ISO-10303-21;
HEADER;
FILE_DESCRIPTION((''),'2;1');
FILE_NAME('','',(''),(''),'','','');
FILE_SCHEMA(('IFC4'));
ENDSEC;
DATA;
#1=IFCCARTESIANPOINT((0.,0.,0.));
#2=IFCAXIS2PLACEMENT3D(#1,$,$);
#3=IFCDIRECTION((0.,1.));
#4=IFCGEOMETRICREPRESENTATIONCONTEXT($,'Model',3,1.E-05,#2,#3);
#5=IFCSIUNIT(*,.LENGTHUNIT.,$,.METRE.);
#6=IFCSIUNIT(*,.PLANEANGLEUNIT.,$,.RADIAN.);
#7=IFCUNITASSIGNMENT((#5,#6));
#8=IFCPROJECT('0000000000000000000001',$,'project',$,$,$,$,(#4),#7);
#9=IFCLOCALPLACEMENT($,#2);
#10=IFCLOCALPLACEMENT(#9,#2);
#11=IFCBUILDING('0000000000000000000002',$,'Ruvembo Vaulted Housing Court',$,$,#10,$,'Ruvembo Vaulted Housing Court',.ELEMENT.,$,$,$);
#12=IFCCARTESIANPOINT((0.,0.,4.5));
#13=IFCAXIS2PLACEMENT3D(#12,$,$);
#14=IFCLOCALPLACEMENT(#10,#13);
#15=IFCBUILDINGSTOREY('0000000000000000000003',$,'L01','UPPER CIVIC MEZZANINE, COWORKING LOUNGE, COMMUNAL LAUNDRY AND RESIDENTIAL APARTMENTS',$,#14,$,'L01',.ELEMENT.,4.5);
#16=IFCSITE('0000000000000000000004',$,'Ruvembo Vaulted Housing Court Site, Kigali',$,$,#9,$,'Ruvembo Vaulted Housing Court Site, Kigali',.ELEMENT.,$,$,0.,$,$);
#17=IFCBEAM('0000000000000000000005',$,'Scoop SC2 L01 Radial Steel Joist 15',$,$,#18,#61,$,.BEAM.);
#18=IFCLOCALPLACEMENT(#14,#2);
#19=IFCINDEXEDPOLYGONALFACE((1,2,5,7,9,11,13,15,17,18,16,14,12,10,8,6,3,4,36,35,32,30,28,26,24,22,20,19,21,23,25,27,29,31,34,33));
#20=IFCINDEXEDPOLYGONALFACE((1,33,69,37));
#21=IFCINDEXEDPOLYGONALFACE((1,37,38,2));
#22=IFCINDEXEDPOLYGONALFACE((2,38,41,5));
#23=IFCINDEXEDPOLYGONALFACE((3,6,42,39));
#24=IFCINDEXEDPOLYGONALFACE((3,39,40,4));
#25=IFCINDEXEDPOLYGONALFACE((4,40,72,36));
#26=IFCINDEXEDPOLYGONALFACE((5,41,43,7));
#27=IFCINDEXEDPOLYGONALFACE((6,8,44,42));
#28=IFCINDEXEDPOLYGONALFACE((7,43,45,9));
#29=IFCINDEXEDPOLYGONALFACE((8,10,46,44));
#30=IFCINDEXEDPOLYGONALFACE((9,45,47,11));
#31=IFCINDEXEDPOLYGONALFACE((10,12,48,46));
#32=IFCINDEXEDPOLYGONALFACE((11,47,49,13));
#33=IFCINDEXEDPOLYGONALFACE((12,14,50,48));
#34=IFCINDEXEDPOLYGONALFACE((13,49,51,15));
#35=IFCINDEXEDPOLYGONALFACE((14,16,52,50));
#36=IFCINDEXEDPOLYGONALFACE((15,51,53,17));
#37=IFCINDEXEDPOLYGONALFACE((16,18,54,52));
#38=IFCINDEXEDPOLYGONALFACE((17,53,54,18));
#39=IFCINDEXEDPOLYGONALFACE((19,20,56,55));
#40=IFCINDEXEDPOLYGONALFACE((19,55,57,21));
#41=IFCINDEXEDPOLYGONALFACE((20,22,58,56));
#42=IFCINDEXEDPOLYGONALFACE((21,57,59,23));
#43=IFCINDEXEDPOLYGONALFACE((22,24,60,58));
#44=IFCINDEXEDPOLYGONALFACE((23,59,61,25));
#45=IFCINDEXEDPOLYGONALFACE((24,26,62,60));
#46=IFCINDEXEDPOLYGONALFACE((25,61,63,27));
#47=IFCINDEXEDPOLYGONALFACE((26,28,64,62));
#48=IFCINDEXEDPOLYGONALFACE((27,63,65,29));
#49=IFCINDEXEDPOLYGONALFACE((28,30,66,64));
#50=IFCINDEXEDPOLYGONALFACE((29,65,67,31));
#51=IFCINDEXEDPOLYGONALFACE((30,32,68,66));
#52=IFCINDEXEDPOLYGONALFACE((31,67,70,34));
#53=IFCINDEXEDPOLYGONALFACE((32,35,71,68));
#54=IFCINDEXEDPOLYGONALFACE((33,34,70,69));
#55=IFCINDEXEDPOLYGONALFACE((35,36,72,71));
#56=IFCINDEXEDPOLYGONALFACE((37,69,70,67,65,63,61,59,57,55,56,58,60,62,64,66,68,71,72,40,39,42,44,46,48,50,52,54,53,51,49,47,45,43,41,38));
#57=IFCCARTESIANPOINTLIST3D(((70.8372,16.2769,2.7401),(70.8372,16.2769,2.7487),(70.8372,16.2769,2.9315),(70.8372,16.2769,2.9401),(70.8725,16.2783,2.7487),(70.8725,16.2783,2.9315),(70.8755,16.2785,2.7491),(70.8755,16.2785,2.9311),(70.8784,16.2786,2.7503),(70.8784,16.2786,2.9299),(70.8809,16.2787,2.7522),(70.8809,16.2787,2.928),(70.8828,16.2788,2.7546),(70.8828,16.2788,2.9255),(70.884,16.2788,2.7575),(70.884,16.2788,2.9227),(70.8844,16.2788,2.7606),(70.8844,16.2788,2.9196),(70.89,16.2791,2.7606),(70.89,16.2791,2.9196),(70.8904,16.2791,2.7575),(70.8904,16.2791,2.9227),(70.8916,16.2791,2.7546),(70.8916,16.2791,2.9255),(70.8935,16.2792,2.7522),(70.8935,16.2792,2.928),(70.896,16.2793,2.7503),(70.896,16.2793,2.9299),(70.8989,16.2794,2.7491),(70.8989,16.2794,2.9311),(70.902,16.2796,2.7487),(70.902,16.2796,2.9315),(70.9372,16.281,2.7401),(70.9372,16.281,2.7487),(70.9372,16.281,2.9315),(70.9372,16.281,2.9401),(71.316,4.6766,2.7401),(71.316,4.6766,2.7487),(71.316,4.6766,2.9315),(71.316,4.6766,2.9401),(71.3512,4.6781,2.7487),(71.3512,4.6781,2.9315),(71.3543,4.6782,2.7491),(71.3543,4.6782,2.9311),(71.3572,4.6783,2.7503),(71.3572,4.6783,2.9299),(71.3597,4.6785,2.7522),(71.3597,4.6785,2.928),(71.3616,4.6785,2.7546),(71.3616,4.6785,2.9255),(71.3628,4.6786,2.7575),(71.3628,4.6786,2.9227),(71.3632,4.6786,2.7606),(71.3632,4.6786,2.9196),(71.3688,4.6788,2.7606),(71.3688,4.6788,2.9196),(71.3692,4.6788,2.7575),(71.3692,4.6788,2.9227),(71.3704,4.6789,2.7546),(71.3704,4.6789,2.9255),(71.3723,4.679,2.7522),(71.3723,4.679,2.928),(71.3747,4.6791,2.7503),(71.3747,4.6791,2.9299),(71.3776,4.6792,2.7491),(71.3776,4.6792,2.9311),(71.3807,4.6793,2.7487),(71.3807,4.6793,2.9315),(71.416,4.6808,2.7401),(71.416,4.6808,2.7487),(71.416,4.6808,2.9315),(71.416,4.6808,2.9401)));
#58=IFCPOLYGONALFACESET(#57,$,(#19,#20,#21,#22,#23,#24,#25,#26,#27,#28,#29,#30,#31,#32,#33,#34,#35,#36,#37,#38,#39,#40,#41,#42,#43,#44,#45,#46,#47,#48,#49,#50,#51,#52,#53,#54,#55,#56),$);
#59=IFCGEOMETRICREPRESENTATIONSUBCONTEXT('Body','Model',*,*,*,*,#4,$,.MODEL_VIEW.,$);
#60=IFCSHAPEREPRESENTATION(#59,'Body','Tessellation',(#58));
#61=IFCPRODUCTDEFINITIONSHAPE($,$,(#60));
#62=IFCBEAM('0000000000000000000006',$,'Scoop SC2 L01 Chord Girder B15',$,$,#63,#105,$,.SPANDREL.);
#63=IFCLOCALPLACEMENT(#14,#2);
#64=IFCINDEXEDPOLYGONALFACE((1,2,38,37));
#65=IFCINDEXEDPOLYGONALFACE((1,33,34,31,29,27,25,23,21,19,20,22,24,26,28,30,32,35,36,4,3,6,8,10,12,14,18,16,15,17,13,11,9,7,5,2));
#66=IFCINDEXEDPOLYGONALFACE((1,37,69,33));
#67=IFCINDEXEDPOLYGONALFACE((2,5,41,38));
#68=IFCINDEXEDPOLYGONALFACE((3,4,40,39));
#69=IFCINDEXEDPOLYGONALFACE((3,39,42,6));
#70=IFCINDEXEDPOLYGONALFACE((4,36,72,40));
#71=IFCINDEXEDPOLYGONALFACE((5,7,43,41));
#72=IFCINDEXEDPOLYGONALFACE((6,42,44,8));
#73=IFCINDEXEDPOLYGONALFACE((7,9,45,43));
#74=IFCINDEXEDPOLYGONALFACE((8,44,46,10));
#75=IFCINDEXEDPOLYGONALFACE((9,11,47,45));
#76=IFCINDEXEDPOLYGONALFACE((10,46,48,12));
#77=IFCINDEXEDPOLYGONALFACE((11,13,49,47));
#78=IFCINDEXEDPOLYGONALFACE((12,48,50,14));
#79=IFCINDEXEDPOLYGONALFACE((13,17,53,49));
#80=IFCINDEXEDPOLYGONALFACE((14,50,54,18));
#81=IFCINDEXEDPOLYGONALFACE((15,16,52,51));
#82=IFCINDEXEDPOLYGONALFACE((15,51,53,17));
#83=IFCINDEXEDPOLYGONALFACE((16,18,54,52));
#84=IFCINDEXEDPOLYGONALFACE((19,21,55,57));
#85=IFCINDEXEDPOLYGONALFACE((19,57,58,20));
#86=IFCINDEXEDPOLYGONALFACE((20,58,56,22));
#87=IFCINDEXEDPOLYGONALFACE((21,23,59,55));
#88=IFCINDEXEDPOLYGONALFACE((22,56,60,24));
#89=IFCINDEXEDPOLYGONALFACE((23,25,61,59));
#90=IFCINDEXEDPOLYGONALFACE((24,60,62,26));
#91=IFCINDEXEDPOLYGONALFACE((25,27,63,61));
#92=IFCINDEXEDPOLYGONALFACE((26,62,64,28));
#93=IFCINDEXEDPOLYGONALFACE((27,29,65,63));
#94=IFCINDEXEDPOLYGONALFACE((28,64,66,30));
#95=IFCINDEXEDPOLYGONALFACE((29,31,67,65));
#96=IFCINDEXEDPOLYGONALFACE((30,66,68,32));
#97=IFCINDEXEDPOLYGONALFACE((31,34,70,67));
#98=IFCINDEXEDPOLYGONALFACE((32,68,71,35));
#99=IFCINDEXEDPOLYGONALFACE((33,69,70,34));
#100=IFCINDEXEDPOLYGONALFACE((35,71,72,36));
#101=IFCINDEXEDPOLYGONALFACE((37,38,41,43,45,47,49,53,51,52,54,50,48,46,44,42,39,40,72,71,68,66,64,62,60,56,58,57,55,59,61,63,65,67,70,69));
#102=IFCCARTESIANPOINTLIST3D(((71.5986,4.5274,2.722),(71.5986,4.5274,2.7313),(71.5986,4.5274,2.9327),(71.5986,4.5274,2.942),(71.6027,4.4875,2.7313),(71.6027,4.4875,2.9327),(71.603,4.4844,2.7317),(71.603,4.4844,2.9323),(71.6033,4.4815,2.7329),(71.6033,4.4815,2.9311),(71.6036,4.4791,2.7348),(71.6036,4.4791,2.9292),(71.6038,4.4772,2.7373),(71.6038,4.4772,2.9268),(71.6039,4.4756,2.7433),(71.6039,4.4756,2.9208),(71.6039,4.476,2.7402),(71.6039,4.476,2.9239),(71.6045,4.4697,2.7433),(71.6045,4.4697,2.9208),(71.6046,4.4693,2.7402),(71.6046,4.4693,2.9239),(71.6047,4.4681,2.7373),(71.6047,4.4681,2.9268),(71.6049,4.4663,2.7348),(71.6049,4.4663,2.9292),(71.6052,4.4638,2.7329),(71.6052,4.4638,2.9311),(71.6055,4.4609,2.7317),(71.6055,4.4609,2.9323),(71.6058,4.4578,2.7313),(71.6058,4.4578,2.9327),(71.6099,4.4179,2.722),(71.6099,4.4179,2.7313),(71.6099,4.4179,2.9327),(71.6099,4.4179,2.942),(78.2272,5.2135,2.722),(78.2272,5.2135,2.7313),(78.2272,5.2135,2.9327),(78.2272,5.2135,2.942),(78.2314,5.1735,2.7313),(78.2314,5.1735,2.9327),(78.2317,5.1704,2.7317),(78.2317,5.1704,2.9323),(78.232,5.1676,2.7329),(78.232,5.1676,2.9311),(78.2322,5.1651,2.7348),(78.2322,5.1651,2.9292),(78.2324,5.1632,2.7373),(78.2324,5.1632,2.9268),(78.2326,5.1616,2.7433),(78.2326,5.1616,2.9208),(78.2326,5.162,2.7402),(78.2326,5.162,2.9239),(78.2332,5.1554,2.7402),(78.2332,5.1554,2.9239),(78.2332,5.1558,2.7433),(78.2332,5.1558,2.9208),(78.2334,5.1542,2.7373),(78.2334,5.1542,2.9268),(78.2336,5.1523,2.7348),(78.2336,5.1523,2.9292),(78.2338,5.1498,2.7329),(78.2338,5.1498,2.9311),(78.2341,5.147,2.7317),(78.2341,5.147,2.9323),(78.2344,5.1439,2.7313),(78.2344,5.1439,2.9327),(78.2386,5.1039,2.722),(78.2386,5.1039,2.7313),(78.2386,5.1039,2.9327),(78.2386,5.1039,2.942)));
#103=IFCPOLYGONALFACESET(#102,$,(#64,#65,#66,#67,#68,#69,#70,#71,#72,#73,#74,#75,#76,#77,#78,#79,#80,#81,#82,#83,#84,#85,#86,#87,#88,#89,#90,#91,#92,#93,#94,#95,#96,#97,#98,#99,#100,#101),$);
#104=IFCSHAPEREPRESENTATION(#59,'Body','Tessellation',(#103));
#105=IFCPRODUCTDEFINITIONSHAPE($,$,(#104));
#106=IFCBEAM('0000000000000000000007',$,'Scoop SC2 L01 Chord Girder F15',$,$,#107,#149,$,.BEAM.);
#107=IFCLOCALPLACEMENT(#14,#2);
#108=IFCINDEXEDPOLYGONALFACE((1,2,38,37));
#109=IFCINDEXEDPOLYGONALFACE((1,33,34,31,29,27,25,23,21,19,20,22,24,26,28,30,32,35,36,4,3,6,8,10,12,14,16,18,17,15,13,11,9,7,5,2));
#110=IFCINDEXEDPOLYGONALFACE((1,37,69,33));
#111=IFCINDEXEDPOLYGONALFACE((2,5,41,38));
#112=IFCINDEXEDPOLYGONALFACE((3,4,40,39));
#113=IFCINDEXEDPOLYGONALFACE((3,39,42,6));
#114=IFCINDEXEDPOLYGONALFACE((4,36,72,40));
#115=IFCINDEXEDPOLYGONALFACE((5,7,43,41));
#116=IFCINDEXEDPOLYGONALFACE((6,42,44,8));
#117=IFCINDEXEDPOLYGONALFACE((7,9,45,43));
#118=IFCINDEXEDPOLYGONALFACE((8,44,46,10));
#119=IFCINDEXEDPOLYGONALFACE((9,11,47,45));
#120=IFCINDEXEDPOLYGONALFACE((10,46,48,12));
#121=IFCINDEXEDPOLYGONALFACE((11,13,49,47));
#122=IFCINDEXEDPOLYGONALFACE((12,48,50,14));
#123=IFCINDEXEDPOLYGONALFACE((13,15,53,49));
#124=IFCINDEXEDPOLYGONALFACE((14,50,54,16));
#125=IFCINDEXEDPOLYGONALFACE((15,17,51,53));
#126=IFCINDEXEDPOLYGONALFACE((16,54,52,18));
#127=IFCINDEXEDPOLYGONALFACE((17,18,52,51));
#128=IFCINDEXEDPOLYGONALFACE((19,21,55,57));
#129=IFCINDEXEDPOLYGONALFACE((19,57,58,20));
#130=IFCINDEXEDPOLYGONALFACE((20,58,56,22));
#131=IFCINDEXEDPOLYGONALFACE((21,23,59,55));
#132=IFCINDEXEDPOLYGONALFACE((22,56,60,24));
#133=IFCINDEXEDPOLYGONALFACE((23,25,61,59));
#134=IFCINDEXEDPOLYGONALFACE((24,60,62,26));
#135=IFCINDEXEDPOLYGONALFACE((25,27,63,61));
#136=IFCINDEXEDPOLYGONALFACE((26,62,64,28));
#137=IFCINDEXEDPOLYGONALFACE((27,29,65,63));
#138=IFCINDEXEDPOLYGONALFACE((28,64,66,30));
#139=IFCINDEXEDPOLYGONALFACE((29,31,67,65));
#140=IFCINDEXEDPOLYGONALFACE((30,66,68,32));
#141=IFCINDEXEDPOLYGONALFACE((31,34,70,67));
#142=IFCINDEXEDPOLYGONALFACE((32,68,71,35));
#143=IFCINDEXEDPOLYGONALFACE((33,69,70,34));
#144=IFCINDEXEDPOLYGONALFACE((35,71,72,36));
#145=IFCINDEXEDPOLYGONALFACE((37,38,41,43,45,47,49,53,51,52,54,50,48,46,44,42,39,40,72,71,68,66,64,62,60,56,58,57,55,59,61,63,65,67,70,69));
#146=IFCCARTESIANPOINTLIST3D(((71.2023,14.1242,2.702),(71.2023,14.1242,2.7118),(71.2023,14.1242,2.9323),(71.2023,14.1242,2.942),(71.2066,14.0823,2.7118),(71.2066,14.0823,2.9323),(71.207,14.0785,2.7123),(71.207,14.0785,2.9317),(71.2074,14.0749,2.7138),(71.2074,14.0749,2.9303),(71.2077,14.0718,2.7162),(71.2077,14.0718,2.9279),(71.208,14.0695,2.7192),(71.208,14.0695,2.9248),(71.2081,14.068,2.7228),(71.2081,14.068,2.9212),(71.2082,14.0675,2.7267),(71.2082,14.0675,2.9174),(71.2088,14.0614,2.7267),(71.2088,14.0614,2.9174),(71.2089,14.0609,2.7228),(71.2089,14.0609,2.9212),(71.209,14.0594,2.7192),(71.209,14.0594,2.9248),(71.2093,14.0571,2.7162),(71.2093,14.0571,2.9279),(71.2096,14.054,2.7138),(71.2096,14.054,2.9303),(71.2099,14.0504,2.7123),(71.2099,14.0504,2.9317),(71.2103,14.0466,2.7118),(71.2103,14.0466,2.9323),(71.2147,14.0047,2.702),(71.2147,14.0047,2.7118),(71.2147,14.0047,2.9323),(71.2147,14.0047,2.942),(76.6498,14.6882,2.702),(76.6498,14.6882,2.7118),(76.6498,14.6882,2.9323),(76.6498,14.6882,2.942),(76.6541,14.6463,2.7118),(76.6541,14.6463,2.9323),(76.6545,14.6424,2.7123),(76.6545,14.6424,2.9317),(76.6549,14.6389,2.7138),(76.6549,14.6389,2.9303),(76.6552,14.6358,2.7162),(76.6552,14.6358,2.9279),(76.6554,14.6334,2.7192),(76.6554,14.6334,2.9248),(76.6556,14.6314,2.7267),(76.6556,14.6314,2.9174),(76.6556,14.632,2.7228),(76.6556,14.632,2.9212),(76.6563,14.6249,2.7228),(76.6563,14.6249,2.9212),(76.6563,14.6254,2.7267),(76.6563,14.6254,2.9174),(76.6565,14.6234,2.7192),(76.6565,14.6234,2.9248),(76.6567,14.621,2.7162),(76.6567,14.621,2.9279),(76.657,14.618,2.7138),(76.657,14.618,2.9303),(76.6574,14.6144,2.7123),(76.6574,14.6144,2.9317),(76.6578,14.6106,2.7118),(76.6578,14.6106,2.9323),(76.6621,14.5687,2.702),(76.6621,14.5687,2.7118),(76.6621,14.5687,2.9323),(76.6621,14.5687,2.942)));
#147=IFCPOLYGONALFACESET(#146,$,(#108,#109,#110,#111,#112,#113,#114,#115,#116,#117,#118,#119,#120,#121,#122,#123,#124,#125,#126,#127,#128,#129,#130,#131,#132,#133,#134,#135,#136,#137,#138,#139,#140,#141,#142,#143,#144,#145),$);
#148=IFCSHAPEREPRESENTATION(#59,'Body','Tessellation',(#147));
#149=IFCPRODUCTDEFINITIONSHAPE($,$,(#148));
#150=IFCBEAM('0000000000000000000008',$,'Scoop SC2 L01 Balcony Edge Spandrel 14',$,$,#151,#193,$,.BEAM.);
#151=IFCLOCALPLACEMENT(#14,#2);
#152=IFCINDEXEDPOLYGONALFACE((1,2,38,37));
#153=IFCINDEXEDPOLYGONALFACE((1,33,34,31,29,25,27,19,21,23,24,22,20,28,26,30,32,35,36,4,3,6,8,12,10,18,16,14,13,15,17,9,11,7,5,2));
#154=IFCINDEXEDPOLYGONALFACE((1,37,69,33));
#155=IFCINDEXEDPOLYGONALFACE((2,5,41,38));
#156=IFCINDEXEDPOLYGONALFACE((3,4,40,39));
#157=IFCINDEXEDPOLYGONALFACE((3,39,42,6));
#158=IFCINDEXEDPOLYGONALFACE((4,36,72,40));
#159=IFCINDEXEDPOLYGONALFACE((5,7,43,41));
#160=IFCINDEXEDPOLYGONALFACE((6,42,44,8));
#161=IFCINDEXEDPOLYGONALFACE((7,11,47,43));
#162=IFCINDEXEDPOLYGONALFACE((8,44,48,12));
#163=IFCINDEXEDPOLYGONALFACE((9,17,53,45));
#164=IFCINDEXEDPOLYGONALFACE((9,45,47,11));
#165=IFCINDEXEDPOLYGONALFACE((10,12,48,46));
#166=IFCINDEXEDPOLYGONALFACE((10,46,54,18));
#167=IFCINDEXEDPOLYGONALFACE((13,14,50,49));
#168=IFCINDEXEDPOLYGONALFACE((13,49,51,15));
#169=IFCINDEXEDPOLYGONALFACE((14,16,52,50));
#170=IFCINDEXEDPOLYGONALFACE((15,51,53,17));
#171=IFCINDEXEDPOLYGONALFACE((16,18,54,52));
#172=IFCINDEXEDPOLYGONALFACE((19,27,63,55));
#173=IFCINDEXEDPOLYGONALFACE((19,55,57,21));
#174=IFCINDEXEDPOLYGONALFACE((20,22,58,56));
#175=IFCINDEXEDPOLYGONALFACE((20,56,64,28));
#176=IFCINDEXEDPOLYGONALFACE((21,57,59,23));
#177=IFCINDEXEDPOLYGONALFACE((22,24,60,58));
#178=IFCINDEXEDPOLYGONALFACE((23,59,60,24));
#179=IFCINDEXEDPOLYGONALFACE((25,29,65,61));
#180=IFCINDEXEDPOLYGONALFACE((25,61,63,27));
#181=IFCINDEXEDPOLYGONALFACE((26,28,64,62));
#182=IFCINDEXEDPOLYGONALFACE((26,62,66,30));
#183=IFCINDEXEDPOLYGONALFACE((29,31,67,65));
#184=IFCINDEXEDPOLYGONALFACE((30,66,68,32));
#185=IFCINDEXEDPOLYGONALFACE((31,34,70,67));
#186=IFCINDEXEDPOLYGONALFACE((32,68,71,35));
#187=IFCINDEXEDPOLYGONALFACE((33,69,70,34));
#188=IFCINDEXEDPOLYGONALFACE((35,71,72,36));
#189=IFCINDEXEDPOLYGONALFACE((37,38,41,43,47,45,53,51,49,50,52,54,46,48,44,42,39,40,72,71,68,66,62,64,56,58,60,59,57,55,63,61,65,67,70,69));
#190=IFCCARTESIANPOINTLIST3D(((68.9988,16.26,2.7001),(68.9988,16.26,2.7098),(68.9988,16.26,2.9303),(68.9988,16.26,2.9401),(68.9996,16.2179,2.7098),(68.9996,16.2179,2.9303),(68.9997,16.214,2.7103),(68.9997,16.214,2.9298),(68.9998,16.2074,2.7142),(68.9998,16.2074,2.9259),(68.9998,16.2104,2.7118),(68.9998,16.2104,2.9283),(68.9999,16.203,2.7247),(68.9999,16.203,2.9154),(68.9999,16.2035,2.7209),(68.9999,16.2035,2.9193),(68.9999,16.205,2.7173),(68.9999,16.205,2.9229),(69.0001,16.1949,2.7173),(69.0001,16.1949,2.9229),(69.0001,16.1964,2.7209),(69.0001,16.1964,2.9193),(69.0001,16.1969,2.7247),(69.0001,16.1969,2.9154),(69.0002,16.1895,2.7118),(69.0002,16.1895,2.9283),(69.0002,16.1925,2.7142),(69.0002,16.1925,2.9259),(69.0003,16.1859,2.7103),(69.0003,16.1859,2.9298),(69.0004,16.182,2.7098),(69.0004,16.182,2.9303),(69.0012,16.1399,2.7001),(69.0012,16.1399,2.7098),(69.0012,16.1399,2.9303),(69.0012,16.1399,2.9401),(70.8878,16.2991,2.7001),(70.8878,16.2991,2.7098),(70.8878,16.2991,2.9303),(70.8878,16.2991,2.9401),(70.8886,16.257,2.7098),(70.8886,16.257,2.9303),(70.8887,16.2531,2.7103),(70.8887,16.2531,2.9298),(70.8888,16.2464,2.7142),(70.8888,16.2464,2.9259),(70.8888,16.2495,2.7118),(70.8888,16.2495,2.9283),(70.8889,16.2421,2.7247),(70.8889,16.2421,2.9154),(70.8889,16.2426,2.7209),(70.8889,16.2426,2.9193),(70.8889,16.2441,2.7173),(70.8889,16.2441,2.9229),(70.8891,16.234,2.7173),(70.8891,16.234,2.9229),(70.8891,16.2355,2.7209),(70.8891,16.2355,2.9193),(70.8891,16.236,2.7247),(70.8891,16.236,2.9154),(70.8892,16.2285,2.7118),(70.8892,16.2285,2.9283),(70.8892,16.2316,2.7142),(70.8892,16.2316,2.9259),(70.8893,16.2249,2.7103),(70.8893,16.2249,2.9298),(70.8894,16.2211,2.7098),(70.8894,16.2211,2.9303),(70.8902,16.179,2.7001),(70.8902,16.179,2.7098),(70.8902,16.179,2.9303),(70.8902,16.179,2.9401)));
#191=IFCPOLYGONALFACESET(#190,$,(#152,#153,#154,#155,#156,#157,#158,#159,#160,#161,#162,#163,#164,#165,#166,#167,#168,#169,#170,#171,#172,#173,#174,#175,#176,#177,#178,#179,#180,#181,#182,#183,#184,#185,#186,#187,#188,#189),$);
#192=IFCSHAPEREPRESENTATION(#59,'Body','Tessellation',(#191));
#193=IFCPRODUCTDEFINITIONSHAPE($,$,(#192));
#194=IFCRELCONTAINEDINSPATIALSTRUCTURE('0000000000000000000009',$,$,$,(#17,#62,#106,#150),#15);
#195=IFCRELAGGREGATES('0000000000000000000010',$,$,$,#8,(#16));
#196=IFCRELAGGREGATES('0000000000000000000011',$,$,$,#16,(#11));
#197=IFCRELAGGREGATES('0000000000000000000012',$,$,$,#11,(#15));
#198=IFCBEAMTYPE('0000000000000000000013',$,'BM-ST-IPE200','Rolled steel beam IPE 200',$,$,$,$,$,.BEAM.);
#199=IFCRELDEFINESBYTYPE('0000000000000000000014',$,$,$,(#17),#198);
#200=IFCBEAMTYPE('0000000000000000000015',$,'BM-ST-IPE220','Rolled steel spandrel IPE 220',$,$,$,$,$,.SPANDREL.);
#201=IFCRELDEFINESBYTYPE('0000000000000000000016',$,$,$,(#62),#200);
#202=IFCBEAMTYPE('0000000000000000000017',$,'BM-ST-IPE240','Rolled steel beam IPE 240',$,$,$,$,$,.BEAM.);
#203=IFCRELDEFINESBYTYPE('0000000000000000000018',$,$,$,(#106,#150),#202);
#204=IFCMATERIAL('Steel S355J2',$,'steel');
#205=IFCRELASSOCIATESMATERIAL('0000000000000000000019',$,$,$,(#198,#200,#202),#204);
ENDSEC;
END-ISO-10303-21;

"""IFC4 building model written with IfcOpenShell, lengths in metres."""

from ifc_helpers import new_model, si_unit, direction, frame, origin, origin_2d, place, context, subcontext, project, spatial, i_section, extrude, material, material_profile, profile_set, type_object, element, save


model = new_model("IFC4")

# Units and contexts
model_context = context("Model", 3, precision=1e-05, world=origin(), true_north=direction((0.0, 1.0)))
body_context = subcontext(model_context, "Body", "Model", "MODEL_VIEW")
ifc_project = project(units=[si_unit("LENGTHUNIT", "METRE"), si_unit("PLANEANGLEUNIT", "RADIAN")], contexts=[model_context])

# Site, building, storey
site_placement = place(None, origin())
site = spatial("IfcSite", under=ifc_project, at=site_placement, Name="Ruvembo Vaulted Housing Court Site, Kigali", LongName="Ruvembo Vaulted Housing Court Site, Kigali", CompositionType="ELEMENT", RefElevation=0.0)
building_placement = place(site_placement, origin())
building = spatial("IfcBuilding", under=site, at=building_placement, Name="Ruvembo Vaulted Housing Court", LongName="Ruvembo Vaulted Housing Court", CompositionType="ELEMENT")
storey_placement = place(building_placement, frame((0.0, 0.0, 4.5)))
storey = spatial("IfcBuildingStorey", under=building, at=storey_placement, Name="L01", Description="UPPER CIVIC MEZZANINE, COWORKING LOUNGE, COMMUNAL LAUNDRY AND RESIDENTIAL APARTMENTS", LongName="L01", CompositionType="ELEMENT", Elevation=4.5)

# Beams
ifc_material_1 = material(Name="Steel S355J2", Category="steel")
ifc_material_profile_1 = material_profile(ifc_material_1, i_section(OverallWidth=0.1001, OverallDepth=0.2, WebThickness=0.0056, FlangeThickness=0.0085, FilletRadius=0.012, at=origin_2d()), Name="IPE 200")
ifc_profile_set_1 = profile_set([ifc_material_profile_1], Name="Steel S355J2")
beam_type_1 = type_object("IfcBeamType", Name="BM-ST-IPE200", Description="Rolled steel beam IPE 200", PredefinedType="BEAM", material=ifc_profile_set_1)
beam_1_placement = place(storey_placement, frame((71.366, 4.6787, 2.8401), z_axis=(-0.041236, 0.999149, 0.0), x_axis=(-0.999149, -0.041236, 0.0)))
element("IfcBeam", 1, at=beam_1_placement, inside=storey, type_object=beam_type_1, Name="Scoop SC2 L01 Radial Steel Joist 15", PredefinedType="BEAM", context=body_context, shape_type="SweptSolid", body=[
    extrude(i_section(OverallWidth=0.1001, OverallDepth=0.2, WebThickness=0.0056, FlangeThickness=0.0085, FilletRadius=0.012, at=origin_2d()), origin(), (0.0, 0.0, 1.0), 11.6101),
])
ifc_material_profile_2 = material_profile(ifc_material_1, i_section(OverallWidth=0.1101, OverallDepth=0.22, WebThickness=0.0059, FlangeThickness=0.0093, FilletRadius=0.012, at=origin_2d()), Name="IPE 220")
ifc_profile_set_2 = profile_set([ifc_material_profile_2], Name="Steel S355J2")
beam_type_2 = type_object("IfcBeamType", Name="BM-ST-IPE220", Description="Rolled steel spandrel IPE 220", PredefinedType="SPANDREL", material=ifc_profile_set_2)
beam_2_placement = place(storey_placement, frame((71.6042, 4.4727, 2.832), z_axis=(0.994687, 0.102945, 0.0), x_axis=(-0.102945, 0.994687, 0.0)))
element("IfcBeam", 2, at=beam_2_placement, inside=storey, type_object=beam_type_2, Name="Scoop SC2 L01 Chord Girder B15", PredefinedType="SPANDREL", context=body_context, shape_type="SweptSolid", body=[
    extrude(i_section(OverallWidth=0.1101, OverallDepth=0.22, WebThickness=0.0059, FlangeThickness=0.0093, FilletRadius=0.012, at=origin_2d()), origin(), (0.0, 0.0, 1.0), 6.6641),
])
ifc_material_profile_3 = material_profile(ifc_material_1, i_section(OverallWidth=0.1201, OverallDepth=0.24, WebThickness=0.0061, FlangeThickness=0.0098, FilletRadius=0.0149, at=origin_2d()), Name="IPE 240")
ifc_profile_set_3 = profile_set([ifc_material_profile_3], Name="Steel S355J2")
beam_type_3 = type_object("IfcBeamType", Name="BM-ST-IPE240", Description="Rolled steel beam IPE 240", PredefinedType="BEAM", material=ifc_profile_set_3)
beam_3_placement = place(storey_placement, frame((71.2085, 14.0645, 2.822), z_axis=(0.994684, 0.102977, 0.0), x_axis=(-0.102977, 0.994684, 0.0)))
element("IfcBeam", 3, at=beam_3_placement, inside=storey, type_object=beam_type_3, Name="Scoop SC2 L01 Chord Girder F15", PredefinedType="BEAM", context=body_context, shape_type="SweptSolid", body=[
    extrude(i_section(OverallWidth=0.1201, OverallDepth=0.24, WebThickness=0.0061, FlangeThickness=0.0098, FilletRadius=0.0149, at=origin_2d()), origin(), (0.0, 0.0, 1.0), 5.4766),
])
beam_4_placement = place(storey_placement, frame((69.0, 16.2, 2.8201), z_axis=(0.999786, 0.020675, 0.0), x_axis=(-0.020675, 0.999786, 0.0)))
element("IfcBeam", 4, at=beam_4_placement, inside=storey, type_object=beam_type_3, Name="Scoop SC2 L01 Balcony Edge Spandrel 14", PredefinedType="BEAM", context=body_context, shape_type="SweptSolid", body=[
    extrude(i_section(OverallWidth=0.1201, OverallDepth=0.24, WebThickness=0.0061, FlangeThickness=0.0098, FilletRadius=0.0149, at=origin_2d()), origin(), (0.0, 0.0, 1.0), 1.8894),
])

save(model, "model.ifc")
